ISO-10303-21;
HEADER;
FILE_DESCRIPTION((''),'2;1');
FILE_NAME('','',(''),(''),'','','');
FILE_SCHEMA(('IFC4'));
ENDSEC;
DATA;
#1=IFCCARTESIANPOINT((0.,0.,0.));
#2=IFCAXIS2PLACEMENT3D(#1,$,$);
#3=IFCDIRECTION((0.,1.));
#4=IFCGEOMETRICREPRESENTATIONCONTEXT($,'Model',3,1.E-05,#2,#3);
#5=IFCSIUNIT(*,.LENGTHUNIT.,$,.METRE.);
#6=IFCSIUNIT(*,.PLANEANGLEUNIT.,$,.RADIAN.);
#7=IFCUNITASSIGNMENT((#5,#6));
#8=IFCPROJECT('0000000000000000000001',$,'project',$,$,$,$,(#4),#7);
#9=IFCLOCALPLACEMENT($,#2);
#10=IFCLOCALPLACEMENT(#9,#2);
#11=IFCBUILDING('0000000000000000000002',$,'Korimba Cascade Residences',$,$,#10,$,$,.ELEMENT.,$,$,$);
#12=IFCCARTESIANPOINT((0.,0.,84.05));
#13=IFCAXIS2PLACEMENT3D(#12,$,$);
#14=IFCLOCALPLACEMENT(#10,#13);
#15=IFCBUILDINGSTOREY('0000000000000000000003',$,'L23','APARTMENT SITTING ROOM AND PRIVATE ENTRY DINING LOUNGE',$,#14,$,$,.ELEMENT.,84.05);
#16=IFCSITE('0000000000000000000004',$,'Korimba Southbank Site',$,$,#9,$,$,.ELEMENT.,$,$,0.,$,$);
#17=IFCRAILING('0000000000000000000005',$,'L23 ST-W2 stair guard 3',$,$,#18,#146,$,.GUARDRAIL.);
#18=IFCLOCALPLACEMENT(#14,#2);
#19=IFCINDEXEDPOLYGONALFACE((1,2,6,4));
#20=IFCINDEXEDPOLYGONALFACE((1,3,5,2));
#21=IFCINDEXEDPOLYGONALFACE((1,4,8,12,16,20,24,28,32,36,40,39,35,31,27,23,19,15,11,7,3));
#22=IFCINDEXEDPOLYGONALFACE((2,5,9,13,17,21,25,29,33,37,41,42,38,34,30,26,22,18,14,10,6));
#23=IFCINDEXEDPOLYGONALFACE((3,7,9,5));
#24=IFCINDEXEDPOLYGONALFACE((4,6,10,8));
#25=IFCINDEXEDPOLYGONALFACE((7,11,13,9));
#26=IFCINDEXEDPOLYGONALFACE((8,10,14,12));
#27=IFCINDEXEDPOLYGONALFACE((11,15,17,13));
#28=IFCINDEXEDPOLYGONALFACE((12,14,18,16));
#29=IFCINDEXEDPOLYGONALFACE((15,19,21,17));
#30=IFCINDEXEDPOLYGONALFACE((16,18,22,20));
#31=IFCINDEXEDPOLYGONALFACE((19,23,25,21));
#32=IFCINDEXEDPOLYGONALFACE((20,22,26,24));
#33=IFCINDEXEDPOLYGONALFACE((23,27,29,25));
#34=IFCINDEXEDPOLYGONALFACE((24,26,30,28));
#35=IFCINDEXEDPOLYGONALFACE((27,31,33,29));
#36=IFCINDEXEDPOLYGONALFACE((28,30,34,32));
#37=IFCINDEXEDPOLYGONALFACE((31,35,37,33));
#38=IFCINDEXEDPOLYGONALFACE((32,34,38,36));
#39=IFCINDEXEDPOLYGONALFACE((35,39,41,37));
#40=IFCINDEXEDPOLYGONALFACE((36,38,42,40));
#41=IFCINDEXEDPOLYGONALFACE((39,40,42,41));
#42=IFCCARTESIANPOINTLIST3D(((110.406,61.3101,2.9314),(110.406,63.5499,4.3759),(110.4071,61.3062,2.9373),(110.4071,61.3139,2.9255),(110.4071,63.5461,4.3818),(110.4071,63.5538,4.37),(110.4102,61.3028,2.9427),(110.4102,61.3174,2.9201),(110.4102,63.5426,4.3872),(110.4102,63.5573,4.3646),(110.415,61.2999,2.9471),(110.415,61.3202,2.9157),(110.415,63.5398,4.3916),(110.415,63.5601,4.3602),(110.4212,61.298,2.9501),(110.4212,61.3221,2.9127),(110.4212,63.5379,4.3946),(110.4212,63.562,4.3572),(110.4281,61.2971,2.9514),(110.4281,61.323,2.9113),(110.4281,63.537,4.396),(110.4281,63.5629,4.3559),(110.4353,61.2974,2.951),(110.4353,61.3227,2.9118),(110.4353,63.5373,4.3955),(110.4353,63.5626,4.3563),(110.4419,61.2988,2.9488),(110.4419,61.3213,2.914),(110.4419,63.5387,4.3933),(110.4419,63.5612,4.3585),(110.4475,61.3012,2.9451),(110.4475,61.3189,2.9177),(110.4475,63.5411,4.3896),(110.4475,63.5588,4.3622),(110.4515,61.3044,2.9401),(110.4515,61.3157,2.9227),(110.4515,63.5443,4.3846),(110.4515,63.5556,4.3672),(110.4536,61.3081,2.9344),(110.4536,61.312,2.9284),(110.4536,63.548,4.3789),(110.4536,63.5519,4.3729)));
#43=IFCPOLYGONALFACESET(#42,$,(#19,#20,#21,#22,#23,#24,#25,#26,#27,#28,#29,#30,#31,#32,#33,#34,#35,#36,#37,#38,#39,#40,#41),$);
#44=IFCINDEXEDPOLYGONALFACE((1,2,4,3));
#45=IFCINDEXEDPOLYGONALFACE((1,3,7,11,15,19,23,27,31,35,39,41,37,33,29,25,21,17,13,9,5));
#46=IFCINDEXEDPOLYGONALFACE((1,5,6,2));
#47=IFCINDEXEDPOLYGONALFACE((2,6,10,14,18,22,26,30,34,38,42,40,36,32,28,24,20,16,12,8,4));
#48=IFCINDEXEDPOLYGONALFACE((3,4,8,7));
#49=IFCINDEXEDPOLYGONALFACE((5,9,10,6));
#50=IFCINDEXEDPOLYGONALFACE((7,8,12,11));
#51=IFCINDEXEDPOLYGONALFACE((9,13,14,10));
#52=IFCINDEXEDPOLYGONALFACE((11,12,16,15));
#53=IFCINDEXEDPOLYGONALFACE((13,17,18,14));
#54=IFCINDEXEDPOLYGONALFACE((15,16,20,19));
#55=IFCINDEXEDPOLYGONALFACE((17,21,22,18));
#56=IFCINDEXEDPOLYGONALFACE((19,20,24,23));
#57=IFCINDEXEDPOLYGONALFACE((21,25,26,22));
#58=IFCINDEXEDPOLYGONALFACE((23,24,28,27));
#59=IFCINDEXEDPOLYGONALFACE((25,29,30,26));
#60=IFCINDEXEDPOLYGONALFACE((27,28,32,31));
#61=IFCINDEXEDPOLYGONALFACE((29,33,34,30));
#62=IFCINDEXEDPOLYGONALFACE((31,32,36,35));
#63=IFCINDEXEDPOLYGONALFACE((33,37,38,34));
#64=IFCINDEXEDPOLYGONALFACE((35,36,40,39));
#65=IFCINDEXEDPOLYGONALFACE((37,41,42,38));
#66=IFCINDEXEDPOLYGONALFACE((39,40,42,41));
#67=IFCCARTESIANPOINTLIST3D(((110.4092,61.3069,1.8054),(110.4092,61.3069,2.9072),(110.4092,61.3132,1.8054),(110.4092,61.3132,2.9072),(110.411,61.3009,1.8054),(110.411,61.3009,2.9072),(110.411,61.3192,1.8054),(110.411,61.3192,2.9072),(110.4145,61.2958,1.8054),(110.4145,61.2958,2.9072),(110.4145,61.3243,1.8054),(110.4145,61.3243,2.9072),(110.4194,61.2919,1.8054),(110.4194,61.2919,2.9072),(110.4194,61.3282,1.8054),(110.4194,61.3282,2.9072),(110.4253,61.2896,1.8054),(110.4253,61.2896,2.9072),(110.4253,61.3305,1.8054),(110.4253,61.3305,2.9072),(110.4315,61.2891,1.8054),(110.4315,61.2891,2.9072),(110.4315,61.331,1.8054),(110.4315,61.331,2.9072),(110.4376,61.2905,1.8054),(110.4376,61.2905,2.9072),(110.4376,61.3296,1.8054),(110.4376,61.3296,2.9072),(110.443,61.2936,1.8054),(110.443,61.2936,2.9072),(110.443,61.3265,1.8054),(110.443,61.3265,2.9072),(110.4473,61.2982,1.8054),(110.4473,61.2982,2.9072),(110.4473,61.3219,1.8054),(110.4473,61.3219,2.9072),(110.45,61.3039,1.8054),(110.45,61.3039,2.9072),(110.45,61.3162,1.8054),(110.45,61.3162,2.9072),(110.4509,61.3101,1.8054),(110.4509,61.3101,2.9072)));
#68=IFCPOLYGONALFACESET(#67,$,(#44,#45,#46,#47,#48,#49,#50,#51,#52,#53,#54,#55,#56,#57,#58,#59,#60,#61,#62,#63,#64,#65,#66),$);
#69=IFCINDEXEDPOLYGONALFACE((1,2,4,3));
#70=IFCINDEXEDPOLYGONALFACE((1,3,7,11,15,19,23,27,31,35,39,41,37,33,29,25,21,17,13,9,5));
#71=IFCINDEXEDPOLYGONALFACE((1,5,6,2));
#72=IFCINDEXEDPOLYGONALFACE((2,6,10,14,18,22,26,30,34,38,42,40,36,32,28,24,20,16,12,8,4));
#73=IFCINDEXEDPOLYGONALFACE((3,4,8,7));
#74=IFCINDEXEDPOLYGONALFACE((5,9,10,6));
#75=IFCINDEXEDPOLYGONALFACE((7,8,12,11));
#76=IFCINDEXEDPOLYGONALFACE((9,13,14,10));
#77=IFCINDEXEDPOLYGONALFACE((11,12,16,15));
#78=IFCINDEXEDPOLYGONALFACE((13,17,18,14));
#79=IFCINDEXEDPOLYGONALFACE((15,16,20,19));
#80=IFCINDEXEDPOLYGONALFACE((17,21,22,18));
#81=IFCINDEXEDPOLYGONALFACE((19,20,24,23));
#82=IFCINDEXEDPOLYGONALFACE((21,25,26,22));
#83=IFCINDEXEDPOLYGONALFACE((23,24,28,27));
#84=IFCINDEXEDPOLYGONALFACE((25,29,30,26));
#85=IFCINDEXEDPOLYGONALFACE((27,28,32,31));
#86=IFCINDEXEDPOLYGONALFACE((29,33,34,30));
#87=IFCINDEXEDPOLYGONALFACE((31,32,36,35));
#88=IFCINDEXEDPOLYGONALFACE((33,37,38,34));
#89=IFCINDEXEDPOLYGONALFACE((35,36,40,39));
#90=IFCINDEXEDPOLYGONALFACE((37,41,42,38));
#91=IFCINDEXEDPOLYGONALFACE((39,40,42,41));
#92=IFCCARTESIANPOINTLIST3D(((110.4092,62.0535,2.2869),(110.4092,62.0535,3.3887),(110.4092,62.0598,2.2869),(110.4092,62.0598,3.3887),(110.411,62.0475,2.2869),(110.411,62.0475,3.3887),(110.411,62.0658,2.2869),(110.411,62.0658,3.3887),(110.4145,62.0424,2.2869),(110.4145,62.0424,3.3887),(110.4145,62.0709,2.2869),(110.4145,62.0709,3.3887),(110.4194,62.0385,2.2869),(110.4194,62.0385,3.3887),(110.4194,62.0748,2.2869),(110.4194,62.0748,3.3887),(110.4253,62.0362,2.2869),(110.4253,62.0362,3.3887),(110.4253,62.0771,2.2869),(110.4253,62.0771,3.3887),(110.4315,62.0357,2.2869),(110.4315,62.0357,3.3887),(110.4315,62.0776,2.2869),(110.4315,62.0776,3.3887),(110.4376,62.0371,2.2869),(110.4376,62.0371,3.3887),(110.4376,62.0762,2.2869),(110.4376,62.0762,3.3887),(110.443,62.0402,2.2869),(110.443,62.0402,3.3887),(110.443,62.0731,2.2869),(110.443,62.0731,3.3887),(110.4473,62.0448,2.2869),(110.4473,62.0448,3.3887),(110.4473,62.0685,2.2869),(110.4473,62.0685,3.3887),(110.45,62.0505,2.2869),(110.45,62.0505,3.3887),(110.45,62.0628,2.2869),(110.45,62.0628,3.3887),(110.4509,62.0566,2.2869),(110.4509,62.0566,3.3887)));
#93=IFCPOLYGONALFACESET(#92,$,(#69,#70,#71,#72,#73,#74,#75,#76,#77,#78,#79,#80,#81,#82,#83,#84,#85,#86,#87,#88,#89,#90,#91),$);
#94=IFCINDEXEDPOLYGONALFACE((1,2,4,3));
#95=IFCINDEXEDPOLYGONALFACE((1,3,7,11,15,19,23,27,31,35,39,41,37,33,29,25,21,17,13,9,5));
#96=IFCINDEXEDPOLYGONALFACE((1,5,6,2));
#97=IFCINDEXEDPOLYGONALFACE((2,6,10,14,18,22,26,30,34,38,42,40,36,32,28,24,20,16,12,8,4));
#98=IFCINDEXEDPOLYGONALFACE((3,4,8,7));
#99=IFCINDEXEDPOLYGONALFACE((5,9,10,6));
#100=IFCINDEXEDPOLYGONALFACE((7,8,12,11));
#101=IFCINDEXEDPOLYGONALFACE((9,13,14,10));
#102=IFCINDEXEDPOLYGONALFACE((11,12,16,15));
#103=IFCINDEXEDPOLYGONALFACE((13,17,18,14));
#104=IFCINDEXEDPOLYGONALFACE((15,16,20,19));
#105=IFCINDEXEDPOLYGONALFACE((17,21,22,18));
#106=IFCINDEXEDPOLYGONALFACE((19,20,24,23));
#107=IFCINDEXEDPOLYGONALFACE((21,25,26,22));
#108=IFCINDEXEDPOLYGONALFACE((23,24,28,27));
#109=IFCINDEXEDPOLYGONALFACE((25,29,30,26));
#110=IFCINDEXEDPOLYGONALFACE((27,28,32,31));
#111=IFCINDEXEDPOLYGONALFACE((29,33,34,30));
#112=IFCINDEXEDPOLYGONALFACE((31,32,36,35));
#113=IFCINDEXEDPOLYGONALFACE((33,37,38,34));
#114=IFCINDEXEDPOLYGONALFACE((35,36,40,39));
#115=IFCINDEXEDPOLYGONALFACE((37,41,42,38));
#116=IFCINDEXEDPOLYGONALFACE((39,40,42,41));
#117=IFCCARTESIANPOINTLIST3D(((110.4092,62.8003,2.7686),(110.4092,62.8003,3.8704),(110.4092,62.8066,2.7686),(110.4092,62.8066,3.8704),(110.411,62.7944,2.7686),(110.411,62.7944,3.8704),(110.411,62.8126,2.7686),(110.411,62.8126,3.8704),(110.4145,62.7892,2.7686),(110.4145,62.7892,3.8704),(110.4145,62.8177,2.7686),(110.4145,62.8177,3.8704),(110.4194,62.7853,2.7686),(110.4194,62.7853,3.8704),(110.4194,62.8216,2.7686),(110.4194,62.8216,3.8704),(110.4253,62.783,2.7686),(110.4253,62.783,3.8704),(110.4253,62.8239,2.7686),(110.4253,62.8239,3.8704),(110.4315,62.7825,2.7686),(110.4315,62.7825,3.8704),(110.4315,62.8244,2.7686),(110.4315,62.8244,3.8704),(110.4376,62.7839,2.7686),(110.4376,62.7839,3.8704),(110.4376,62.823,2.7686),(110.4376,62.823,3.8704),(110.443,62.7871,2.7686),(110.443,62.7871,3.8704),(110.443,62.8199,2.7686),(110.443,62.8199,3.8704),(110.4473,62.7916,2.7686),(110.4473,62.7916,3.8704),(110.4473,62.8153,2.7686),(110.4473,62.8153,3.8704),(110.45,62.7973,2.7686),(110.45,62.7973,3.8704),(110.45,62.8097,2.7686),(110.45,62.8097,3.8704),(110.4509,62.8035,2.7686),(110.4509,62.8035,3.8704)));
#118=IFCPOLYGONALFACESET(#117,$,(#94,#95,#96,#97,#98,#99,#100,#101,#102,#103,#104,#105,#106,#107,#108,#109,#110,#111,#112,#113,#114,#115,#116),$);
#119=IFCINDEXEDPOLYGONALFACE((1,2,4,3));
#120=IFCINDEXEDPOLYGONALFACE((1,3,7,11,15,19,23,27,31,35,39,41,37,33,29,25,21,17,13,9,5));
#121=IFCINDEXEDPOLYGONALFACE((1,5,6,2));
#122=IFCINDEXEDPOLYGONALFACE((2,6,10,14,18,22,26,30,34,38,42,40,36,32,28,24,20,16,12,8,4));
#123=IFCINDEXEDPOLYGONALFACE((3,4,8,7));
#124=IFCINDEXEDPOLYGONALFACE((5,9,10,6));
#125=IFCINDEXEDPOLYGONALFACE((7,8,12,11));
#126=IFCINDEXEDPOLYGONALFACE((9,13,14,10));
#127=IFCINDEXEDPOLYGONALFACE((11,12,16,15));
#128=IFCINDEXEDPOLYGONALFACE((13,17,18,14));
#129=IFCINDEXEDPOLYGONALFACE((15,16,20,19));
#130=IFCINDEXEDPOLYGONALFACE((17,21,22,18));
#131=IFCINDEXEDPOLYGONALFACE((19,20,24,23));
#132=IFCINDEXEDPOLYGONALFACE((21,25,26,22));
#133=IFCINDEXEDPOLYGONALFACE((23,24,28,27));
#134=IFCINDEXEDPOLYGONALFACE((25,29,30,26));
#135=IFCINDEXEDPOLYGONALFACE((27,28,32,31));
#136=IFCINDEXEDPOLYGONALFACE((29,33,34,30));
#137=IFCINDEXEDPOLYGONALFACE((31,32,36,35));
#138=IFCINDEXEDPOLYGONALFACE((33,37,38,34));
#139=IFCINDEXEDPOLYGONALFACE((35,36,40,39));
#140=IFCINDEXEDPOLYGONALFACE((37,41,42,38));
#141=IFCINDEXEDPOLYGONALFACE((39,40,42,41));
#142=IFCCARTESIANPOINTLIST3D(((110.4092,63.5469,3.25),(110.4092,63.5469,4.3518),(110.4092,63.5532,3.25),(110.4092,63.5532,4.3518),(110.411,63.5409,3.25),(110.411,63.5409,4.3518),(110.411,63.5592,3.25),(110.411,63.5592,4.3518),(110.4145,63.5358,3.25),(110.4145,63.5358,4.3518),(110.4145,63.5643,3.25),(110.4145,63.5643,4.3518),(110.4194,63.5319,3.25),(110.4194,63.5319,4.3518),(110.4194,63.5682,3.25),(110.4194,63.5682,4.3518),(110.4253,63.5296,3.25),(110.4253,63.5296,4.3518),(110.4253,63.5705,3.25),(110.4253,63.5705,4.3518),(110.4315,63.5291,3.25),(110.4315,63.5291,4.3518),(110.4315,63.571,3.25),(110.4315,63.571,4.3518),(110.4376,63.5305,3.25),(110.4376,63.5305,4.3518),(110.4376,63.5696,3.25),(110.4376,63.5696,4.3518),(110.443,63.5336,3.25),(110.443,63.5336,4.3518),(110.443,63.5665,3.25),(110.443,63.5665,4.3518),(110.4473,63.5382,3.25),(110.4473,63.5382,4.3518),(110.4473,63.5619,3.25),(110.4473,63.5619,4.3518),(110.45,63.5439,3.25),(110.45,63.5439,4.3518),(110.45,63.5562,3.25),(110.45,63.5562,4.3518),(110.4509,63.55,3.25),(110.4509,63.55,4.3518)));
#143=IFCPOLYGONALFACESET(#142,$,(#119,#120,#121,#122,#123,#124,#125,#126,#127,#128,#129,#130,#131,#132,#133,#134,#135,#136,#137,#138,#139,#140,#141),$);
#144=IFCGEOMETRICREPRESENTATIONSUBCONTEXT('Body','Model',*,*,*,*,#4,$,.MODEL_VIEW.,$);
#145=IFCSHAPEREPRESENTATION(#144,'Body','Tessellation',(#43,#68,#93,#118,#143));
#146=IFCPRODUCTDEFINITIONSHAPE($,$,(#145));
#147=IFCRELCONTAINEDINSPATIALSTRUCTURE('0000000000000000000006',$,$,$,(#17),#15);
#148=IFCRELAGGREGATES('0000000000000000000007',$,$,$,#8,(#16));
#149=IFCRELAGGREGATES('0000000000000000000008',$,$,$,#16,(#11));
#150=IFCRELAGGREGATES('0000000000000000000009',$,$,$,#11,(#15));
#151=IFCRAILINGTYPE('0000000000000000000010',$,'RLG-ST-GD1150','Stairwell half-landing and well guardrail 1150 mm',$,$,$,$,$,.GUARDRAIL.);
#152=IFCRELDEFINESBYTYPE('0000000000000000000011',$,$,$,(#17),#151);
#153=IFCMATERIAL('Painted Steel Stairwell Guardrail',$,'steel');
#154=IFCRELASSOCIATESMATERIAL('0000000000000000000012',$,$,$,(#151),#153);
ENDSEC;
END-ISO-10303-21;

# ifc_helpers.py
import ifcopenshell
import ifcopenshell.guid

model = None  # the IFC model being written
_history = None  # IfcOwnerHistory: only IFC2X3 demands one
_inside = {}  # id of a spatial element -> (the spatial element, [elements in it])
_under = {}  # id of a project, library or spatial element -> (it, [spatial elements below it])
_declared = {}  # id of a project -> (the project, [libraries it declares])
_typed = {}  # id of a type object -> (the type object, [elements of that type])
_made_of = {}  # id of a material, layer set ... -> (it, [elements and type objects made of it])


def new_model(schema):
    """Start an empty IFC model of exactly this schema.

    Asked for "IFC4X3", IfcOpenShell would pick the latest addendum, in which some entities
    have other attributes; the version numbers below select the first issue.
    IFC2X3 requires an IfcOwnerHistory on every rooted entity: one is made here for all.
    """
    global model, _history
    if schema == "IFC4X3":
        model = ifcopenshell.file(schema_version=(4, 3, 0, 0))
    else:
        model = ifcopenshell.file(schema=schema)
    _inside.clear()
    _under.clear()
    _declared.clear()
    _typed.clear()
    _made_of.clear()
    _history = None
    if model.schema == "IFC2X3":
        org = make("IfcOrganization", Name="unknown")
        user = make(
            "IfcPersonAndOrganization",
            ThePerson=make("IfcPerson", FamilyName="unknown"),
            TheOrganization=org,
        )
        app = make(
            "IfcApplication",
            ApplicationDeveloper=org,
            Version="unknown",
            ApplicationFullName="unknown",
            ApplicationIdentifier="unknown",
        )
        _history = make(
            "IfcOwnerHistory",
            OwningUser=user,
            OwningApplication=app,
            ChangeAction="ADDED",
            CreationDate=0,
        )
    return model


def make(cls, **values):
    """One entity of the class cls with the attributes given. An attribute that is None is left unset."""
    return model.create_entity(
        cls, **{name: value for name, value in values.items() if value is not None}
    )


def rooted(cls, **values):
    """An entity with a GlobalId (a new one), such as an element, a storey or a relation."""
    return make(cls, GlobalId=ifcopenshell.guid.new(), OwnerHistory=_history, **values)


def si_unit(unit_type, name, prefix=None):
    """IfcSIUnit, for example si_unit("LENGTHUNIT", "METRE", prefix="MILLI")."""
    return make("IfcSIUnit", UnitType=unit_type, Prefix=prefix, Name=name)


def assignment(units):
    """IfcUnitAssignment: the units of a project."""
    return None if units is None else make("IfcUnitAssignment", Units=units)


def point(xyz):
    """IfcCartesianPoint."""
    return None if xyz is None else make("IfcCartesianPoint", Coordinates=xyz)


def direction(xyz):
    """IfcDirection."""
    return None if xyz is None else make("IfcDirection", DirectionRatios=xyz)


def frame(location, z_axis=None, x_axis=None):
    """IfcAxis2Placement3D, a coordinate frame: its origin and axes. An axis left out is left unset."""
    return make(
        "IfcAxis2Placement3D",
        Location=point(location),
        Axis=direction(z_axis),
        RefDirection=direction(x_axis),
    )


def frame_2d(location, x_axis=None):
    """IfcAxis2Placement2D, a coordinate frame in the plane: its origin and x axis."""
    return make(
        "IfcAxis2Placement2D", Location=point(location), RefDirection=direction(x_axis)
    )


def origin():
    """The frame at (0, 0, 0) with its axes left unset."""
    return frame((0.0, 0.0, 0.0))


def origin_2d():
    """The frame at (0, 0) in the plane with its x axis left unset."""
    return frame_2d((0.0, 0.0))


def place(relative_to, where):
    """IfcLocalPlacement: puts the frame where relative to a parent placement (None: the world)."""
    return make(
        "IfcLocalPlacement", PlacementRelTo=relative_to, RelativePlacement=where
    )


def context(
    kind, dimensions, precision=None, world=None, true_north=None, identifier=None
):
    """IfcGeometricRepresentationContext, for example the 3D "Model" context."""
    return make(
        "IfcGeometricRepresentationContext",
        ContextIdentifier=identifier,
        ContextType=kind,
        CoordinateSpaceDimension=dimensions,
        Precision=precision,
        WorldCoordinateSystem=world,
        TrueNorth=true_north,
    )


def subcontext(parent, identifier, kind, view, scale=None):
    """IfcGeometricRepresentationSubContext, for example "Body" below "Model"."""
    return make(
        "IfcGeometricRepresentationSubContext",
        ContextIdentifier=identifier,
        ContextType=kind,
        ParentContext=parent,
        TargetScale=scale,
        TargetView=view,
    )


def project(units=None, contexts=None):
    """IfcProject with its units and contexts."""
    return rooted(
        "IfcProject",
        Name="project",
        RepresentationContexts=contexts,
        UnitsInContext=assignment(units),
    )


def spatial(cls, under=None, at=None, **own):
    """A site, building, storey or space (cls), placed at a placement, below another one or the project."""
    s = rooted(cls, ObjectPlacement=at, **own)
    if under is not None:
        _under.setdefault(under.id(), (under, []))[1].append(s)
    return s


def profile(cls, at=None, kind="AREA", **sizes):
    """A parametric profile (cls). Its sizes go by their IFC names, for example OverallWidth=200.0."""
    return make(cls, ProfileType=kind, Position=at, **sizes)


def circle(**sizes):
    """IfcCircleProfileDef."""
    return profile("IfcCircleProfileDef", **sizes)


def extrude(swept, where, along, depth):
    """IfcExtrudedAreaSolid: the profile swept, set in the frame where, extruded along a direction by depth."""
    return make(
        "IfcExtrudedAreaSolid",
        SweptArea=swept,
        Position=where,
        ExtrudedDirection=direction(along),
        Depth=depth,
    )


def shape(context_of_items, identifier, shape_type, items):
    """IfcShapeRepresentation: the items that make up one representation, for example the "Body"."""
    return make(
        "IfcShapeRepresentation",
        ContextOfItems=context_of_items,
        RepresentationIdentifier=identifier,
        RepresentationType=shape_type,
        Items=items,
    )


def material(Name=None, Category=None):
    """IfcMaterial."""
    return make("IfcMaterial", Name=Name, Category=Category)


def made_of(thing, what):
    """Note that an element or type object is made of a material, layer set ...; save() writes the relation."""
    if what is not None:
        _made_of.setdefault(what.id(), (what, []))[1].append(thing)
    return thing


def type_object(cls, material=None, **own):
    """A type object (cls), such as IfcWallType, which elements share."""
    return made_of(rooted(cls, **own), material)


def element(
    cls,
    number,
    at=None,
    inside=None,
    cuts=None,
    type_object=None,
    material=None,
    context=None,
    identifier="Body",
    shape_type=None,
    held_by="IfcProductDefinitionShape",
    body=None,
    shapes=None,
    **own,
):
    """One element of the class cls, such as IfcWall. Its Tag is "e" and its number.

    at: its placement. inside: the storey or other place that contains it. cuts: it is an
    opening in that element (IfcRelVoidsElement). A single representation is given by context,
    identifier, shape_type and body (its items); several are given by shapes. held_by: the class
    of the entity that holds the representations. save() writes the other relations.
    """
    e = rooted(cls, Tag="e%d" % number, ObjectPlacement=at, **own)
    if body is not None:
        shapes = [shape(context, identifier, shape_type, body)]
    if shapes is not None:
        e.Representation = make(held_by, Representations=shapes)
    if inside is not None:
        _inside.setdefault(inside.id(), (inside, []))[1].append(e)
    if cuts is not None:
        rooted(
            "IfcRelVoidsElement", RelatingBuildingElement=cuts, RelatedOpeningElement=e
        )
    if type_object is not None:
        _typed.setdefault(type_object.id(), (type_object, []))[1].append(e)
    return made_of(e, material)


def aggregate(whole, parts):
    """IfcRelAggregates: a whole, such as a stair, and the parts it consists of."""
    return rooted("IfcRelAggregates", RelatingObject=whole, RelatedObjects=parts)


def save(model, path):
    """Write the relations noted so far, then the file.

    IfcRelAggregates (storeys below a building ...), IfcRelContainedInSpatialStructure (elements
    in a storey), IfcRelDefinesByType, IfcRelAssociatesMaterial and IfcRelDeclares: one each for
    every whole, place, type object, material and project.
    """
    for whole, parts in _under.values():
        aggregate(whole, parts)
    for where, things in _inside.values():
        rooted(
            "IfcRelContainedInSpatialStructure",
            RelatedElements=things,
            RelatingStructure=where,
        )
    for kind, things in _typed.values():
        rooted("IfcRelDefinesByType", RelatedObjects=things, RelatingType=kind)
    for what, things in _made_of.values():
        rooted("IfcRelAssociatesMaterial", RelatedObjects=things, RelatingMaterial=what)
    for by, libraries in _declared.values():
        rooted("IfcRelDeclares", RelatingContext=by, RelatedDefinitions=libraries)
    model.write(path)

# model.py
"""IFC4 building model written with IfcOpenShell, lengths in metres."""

from ifc_helpers import new_model, si_unit, direction, frame, origin, origin_2d, place, context, subcontext, project, spatial, circle, extrude, material, type_object, element, save


model = new_model("IFC4")

# Units and contexts
model_context = context("Model", 3, precision=1e-05, world=origin(), true_north=direction((0.0, 1.0)))
body_context = subcontext(model_context, "Body", "Model", "MODEL_VIEW")
ifc_project = project(units=[si_unit("LENGTHUNIT", "METRE"), si_unit("PLANEANGLEUNIT", "RADIAN")], contexts=[model_context])

# Site, building, storey
site_placement = place(None, origin())
site = spatial("IfcSite", under=ifc_project, at=site_placement, Name="Korimba Southbank Site", CompositionType="ELEMENT", RefElevation=0.0)
building_placement = place(site_placement, origin())
building = spatial("IfcBuilding", under=site, at=building_placement, Name="Korimba Cascade Residences", CompositionType="ELEMENT")
storey_placement = place(building_placement, frame((0.0, 0.0, 84.05)))
storey = spatial("IfcBuildingStorey", under=building, at=storey_placement, Name="L23", Description="APARTMENT SITTING ROOM AND PRIVATE ENTRY DINING LOUNGE", CompositionType="ELEMENT", Elevation=84.05)

# Railing
ifc_material_1 = material(Name="Painted Steel Stairwell Guardrail", Category="steel")
railing_type_1 = type_object("IfcRailingType", Name="RLG-ST-GD1150", Description="Stairwell half-landing and well guardrail 1150 mm", PredefinedType="GUARDRAIL", material=ifc_material_1)
railing_1_placement = place(storey_placement, frame((110.4299, 61.3101, 1.8054)))
element("IfcRailing", 1, at=railing_1_placement, inside=storey, type_object=railing_type_1, Name="L23 ST-W2 stair guard 3", PredefinedType="GUARDRAIL", context=body_context, shape_type="SweptSolid", body=[
    extrude(circle(Radius=0.0239, at=origin_2d()), frame((0.0, 0.0, 1.126), z_axis=(0.0, 0.840395, 0.541975), x_axis=(-1.0, 0.0, 0.0)), (0.0, 0.0, 1.0), 2.6653),
    extrude(circle(Radius=0.021, at=origin_2d()), origin(), (0.0, 0.0, 1.0), 1.1018),
    extrude(circle(Radius=0.021, at=origin_2d()), frame((0.0, 0.7466, 0.4814)), (0.0, 0.0, 1.0), 1.1018),
    extrude(circle(Radius=0.021, at=origin_2d()), frame((0.0, 1.4934, 0.9631)), (0.0, 0.0, 1.0), 1.1018),
    extrude(circle(Radius=0.021, at=origin_2d()), frame((0.0, 2.24, 1.4446)), (0.0, 0.0, 1.0), 1.1018),
])

save(model, "model.ifc")
